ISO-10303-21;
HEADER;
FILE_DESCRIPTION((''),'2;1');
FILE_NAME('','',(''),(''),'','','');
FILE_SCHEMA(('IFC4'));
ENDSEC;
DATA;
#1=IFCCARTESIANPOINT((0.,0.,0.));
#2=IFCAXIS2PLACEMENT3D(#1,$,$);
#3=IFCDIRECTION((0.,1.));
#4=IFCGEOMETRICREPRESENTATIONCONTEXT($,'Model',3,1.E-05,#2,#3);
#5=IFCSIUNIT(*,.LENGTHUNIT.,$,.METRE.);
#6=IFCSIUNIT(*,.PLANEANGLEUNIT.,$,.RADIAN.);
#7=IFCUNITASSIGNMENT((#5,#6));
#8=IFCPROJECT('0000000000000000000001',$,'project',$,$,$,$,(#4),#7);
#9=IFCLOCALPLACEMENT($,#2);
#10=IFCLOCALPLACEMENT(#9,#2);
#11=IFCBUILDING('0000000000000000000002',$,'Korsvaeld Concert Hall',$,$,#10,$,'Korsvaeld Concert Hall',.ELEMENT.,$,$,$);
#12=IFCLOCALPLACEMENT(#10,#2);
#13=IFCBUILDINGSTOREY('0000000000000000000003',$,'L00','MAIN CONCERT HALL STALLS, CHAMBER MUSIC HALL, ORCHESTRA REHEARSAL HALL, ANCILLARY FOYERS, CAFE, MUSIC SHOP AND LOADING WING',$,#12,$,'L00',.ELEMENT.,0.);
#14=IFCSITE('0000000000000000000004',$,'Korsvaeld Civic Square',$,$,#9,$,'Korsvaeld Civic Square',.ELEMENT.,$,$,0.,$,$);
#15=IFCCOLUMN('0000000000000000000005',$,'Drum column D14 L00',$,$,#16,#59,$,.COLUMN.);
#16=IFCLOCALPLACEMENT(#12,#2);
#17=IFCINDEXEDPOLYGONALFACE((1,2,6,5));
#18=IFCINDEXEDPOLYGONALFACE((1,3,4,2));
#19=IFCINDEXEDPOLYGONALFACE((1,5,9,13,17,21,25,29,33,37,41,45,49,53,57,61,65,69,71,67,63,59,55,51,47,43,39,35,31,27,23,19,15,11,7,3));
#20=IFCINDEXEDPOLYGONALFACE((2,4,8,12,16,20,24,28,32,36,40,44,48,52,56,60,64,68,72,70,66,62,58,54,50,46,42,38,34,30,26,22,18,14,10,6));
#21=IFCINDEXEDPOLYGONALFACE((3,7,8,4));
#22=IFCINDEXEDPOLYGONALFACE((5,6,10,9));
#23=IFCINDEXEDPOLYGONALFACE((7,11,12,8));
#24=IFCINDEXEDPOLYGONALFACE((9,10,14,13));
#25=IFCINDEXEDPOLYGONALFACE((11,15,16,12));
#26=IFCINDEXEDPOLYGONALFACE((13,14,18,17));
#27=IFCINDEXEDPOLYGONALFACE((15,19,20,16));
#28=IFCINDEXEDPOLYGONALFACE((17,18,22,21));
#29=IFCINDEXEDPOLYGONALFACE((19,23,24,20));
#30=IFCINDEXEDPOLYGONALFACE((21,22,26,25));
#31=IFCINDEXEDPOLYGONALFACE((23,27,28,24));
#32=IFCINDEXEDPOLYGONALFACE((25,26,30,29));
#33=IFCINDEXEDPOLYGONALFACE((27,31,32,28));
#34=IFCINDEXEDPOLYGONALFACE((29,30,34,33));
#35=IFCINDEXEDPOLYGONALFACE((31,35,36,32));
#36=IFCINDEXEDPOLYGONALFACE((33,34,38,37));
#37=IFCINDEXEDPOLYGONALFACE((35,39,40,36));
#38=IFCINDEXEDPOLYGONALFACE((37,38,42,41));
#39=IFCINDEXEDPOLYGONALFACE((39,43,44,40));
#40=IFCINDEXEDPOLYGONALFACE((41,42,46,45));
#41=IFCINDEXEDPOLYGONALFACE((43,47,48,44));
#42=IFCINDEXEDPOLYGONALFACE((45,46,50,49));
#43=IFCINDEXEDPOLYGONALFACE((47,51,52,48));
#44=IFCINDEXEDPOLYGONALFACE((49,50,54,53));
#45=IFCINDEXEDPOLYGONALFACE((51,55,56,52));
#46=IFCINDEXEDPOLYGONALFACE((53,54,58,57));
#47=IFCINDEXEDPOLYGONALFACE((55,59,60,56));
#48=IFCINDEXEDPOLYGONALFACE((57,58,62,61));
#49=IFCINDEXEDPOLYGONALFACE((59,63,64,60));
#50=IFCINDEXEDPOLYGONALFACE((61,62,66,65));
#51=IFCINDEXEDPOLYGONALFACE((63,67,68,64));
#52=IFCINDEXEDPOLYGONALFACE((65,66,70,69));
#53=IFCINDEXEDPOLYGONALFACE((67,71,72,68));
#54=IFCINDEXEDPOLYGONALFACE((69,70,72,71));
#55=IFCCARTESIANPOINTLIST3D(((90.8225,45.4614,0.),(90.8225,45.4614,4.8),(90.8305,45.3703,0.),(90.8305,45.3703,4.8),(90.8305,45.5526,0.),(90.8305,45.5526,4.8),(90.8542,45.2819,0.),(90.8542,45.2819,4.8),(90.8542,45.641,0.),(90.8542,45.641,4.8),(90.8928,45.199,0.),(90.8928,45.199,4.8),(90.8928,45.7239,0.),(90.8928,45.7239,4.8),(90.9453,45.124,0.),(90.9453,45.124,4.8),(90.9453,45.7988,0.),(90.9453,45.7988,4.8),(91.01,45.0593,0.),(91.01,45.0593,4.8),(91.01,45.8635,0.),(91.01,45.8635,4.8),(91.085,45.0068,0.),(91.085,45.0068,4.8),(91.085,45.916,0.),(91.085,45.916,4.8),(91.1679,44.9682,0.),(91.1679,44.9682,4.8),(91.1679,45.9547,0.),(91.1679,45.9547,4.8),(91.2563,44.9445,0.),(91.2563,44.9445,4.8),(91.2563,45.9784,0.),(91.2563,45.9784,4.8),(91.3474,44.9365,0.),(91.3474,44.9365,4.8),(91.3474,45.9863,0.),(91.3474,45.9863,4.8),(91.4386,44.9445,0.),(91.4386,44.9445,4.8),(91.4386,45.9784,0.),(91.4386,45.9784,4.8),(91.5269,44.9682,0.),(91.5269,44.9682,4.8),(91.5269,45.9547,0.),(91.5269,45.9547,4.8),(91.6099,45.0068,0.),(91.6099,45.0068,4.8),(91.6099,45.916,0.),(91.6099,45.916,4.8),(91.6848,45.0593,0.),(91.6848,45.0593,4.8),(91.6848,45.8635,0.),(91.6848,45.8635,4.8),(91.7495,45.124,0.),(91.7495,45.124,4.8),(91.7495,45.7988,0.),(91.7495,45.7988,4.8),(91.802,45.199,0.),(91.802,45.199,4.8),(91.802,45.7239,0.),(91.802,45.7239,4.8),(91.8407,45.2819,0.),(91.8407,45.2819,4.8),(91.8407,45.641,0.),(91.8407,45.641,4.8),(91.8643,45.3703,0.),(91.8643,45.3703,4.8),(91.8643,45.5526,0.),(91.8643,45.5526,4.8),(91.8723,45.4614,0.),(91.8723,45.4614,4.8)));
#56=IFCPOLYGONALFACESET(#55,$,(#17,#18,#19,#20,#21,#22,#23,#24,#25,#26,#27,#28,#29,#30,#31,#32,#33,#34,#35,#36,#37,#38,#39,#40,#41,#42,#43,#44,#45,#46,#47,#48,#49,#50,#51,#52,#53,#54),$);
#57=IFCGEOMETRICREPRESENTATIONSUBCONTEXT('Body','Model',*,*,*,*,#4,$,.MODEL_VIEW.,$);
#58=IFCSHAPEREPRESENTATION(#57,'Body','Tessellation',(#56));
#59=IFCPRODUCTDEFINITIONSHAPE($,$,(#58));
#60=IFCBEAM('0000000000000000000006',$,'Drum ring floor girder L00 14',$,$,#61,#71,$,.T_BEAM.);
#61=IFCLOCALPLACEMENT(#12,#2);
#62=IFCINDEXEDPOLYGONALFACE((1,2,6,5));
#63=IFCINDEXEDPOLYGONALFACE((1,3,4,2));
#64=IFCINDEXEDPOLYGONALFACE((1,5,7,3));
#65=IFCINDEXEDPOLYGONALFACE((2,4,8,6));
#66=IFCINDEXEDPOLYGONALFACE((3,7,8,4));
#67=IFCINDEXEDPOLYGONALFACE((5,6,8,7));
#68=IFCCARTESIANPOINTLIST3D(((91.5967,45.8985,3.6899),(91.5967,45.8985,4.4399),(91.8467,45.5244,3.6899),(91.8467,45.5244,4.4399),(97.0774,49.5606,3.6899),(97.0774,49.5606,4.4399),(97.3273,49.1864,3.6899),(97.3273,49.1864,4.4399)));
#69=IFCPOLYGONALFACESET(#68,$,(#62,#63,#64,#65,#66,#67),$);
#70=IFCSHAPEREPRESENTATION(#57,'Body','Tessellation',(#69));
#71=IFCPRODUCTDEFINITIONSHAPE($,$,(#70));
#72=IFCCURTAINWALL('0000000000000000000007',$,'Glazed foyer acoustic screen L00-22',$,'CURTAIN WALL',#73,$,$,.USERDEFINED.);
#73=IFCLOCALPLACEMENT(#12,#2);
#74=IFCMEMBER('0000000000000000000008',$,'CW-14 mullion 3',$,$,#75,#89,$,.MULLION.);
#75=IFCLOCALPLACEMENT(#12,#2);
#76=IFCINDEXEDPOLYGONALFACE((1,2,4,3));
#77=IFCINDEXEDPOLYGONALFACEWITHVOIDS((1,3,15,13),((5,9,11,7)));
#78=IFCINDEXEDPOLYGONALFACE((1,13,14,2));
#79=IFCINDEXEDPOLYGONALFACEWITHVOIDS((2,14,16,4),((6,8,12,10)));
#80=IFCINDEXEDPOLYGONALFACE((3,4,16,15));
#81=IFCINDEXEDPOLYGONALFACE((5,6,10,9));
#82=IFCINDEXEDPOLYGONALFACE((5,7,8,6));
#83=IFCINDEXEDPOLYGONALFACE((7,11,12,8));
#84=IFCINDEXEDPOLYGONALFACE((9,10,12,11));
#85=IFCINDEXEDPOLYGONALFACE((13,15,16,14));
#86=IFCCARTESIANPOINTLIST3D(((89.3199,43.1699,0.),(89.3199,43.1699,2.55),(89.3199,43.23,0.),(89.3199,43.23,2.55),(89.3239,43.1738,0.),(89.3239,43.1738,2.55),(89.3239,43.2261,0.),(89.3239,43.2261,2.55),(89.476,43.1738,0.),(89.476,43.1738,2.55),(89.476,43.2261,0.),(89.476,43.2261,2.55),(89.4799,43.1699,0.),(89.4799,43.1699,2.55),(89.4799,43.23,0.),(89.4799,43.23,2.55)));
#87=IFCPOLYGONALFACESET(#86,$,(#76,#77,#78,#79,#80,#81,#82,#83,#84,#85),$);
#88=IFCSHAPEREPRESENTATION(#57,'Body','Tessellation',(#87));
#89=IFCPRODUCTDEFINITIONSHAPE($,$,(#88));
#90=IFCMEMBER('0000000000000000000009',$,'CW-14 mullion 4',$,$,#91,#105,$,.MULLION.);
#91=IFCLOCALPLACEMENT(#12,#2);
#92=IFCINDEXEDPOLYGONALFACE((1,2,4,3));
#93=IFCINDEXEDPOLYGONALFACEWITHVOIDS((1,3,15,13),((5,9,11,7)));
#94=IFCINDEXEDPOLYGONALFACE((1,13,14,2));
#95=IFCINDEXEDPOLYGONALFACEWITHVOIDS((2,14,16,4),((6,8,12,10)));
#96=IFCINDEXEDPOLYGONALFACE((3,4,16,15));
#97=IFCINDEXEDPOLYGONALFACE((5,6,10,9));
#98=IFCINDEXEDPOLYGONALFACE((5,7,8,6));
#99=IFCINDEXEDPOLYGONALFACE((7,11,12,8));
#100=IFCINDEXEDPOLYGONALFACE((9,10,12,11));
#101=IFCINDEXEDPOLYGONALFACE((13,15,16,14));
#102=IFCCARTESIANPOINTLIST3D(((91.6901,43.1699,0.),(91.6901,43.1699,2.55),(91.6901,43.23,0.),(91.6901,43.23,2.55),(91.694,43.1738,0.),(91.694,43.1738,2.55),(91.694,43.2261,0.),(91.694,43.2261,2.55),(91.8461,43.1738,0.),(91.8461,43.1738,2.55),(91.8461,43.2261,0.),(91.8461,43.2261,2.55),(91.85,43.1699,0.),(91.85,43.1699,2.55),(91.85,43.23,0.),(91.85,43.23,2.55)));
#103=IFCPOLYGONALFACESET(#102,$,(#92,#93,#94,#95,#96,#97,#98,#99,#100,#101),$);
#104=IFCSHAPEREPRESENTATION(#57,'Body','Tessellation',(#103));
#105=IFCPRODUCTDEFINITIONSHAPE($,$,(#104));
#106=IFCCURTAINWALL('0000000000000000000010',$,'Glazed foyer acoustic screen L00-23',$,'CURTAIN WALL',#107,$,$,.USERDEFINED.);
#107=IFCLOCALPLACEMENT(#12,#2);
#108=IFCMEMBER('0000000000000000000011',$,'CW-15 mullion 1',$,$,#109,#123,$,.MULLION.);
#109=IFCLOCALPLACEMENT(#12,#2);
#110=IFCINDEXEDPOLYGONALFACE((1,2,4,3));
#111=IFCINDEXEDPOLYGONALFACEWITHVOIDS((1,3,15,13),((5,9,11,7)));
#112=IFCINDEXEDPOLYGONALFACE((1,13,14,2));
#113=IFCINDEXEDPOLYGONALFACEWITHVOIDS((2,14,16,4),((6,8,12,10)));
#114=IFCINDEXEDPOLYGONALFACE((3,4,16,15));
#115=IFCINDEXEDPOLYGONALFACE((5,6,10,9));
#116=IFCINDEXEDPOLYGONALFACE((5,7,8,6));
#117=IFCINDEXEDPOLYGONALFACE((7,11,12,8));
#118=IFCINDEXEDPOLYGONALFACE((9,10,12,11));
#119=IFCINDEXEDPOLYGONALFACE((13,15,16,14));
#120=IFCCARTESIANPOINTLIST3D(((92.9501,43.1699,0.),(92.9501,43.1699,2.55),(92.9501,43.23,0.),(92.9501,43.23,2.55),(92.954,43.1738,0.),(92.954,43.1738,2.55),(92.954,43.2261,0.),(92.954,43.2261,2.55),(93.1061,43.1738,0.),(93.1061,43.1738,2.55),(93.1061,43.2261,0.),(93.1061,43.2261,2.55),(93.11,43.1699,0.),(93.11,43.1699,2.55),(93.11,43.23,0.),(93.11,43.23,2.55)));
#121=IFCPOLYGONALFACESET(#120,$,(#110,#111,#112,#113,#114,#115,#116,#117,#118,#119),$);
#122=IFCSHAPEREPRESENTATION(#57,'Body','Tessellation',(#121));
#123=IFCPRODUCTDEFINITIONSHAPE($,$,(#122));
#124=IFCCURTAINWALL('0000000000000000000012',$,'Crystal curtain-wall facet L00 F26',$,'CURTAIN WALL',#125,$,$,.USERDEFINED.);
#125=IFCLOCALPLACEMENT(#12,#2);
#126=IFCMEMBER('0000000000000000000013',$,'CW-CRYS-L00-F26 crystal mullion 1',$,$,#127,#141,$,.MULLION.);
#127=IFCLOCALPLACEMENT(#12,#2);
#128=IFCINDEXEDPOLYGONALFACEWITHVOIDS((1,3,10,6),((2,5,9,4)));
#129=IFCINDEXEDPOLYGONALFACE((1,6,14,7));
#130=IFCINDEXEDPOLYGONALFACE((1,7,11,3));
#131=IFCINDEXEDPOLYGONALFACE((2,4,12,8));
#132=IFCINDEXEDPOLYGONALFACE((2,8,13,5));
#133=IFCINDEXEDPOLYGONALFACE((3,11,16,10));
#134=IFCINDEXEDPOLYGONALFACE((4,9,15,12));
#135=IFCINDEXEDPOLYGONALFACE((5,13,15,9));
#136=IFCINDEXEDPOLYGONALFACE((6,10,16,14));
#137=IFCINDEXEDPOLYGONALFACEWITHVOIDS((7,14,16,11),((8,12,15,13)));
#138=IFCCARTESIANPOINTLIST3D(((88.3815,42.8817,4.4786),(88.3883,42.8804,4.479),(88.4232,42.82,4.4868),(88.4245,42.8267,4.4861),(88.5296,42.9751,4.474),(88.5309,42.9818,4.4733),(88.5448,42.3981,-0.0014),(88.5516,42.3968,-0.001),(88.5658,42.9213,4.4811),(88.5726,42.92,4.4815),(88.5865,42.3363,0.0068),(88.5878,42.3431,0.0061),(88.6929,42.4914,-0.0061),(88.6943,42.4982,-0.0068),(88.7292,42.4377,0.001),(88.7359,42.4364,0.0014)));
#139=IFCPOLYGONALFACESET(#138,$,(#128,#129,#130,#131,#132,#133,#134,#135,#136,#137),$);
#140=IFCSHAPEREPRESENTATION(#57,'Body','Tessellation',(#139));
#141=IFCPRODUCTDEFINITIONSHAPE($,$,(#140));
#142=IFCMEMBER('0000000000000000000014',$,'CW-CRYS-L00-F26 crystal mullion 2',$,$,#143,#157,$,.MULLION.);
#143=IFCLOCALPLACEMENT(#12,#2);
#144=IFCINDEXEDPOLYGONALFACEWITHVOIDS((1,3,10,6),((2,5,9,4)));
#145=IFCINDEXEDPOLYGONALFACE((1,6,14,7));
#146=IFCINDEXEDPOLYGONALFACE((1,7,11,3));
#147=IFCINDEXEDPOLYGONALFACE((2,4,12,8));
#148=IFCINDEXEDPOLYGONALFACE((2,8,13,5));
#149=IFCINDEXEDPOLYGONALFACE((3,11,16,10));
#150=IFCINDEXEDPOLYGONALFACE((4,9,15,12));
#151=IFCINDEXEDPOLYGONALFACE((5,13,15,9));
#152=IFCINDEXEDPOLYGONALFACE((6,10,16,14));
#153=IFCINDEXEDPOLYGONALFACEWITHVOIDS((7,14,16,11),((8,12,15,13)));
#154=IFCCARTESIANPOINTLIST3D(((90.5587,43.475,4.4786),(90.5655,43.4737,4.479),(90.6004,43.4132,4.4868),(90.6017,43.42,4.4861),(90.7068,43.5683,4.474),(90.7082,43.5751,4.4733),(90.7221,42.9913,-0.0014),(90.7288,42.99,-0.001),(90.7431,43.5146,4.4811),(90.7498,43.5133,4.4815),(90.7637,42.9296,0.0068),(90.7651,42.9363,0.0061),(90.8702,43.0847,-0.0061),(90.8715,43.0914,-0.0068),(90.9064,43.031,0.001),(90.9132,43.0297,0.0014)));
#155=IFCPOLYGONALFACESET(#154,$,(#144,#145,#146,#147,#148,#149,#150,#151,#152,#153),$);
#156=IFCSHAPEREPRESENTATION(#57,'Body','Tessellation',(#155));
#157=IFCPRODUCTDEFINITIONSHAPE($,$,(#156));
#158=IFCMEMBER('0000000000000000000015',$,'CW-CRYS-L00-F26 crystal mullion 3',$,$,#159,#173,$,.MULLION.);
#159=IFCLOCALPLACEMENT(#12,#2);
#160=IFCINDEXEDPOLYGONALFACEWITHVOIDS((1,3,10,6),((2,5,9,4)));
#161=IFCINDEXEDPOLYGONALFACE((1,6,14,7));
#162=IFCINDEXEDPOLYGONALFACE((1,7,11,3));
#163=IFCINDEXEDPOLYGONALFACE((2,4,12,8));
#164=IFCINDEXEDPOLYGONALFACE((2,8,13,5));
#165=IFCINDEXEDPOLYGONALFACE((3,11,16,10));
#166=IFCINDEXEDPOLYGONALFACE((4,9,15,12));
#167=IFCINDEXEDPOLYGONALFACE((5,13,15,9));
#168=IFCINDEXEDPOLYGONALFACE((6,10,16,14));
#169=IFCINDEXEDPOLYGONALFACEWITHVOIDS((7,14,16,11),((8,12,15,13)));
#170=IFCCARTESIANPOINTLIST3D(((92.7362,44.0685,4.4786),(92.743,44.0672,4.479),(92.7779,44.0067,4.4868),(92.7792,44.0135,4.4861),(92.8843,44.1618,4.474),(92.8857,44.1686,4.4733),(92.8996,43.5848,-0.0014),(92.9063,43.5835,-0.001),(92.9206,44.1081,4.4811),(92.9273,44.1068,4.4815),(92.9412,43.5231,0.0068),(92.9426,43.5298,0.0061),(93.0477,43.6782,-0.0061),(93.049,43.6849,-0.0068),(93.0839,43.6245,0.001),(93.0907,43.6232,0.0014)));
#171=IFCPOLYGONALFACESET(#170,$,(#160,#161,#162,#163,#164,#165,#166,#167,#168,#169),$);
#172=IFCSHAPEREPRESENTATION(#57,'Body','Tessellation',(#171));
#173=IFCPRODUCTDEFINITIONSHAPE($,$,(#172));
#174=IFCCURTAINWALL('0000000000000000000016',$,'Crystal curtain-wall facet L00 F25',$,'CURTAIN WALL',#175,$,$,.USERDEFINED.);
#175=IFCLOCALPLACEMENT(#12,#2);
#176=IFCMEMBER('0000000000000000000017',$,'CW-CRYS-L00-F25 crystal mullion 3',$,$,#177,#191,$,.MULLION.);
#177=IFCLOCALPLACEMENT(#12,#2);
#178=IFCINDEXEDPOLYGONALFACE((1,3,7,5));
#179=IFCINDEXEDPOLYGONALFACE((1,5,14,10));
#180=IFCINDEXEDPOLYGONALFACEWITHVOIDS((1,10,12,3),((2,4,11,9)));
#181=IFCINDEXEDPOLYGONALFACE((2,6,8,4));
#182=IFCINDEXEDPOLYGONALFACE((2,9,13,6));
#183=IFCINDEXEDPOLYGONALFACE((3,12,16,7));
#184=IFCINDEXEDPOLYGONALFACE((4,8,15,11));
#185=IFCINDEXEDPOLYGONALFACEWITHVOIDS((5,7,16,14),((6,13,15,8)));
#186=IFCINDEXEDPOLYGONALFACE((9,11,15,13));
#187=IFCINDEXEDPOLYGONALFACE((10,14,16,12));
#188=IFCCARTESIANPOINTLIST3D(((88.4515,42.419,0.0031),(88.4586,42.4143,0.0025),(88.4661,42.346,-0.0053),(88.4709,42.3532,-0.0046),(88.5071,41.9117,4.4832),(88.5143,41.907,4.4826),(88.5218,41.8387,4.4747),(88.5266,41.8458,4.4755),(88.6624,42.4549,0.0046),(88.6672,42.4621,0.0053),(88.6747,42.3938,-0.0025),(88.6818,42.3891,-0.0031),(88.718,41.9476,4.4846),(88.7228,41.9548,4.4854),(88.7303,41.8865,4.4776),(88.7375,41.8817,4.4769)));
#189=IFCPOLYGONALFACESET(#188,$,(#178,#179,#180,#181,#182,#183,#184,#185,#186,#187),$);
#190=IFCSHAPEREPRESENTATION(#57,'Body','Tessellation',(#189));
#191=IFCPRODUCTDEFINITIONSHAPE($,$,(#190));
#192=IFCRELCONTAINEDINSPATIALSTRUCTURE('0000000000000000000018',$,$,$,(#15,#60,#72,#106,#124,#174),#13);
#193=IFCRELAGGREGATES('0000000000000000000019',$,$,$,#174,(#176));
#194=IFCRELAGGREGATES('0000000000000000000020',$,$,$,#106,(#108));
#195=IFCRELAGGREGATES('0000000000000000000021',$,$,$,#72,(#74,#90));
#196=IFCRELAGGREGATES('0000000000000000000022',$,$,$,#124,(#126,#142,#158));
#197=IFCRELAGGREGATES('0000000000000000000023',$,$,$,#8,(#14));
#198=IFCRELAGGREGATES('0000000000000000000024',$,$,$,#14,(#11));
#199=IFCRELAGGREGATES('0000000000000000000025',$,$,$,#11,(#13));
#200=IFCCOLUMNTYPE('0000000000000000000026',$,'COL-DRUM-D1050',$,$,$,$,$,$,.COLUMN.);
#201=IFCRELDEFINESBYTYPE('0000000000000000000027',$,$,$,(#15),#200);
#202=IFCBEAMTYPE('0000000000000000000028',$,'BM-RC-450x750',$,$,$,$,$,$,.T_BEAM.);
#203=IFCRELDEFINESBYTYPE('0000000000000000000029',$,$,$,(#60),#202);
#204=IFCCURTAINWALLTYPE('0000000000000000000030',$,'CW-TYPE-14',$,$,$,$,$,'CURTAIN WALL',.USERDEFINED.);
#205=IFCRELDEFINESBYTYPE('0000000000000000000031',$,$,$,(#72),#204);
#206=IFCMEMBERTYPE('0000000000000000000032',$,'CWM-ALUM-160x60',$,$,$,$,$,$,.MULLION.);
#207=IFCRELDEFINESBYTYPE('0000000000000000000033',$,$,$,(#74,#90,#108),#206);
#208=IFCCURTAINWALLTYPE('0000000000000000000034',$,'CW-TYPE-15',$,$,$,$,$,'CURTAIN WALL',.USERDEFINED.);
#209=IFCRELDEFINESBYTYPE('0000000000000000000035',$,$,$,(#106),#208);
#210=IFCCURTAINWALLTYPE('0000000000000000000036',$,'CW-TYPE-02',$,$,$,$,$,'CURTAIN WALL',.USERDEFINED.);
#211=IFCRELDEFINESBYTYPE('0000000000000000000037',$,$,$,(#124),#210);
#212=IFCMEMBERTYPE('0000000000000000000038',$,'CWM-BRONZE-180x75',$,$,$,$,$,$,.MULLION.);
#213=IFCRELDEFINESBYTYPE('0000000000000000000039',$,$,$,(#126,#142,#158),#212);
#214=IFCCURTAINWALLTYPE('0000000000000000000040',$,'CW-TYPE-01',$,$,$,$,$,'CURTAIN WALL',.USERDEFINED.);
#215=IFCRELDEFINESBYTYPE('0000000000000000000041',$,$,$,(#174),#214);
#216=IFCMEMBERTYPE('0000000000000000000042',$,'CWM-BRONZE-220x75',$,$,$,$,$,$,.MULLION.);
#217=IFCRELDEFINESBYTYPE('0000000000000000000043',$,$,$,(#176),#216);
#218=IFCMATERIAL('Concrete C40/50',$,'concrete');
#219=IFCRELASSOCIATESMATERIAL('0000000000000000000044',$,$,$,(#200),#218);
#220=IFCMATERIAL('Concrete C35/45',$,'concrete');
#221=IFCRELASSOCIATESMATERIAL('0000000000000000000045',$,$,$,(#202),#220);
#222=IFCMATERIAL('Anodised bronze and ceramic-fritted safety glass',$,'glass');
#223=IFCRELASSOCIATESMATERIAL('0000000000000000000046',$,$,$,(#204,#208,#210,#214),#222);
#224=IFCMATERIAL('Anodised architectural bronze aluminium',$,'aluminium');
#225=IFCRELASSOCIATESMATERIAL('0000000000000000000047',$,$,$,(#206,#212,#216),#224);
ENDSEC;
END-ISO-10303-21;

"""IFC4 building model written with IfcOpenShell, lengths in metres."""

from ifc_helpers import new_model, si_unit, direction, frame, origin, origin_2d, place, context, subcontext, project, spatial, rectangle, hollow_rectangle, circle, extrude, material, material_profile, profile_set, type_object, element, aggregate, save


model = new_model("IFC4")

# Units and contexts
model_context = context("Model", 3, precision=1e-05, world=origin(), true_north=direction((0.0, 1.0)))
body_context = subcontext(model_context, "Body", "Model", "MODEL_VIEW")
ifc_project = project(units=[si_unit("LENGTHUNIT", "METRE"), si_unit("PLANEANGLEUNIT", "RADIAN")], contexts=[model_context])

# Site, building, storey
site_placement = place(None, origin())
site = spatial("IfcSite", under=ifc_project, at=site_placement, Name="Korsvaeld Civic Square", LongName="Korsvaeld Civic Square", CompositionType="ELEMENT", RefElevation=0.0)
building_placement = place(site_placement, origin())
building = spatial("IfcBuilding", under=site, at=building_placement, Name="Korsvaeld Concert Hall", LongName="Korsvaeld Concert Hall", CompositionType="ELEMENT")
storey_placement = place(building_placement, origin())
storey = spatial("IfcBuildingStorey", under=building, at=storey_placement, Name="L00", Description="MAIN CONCERT HALL STALLS, CHAMBER MUSIC HALL, ORCHESTRA REHEARSAL HALL, ANCILLARY FOYERS, CAFE, MUSIC SHOP AND LOADING WING", LongName="L00", CompositionType="ELEMENT", Elevation=0.0)

# Column
ifc_material_1 = material(Name="Concrete C40/50", Category="concrete")
ifc_material_profile_1 = material_profile(ifc_material_1, circle(Radius=0.5249, at=origin_2d()), Name="RC D1050")
ifc_profile_set_1 = profile_set([ifc_material_profile_1], Name="Concrete C40/50")
column_type = type_object("IfcColumnType", Name="COL-DRUM-D1050", PredefinedType="COLUMN", material=ifc_profile_set_1)
column_placement = place(storey_placement, frame((91.3474, 45.4614, 0.0), z_axis=(0.0, 0.0, 1.0), x_axis=(1.0, 0.0, 0.0)))
element("IfcColumn", 1, at=column_placement, inside=storey, type_object=column_type, Name="Drum column D14 L00", PredefinedType="COLUMN", context=body_context, shape_type="SweptSolid", body=[
    extrude(circle(Radius=0.5249, at=origin_2d()), origin(), (0.0, 0.0, 1.0), 4.8),
])

# Beam
ifc_material_2 = material(Name="Concrete C35/45", Category="concrete")
ifc_material_profile_2 = material_profile(ifc_material_2, rectangle(XDim=0.45, YDim=0.75, at=origin_2d()), Name="RC 450x750")
ifc_profile_set_2 = profile_set([ifc_material_profile_2], Name="Concrete C35/45")
beam_type = type_object("IfcBeamType", Name="BM-RC-450x750", PredefinedType="T_BEAM", material=ifc_profile_set_2)
beam_placement = place(storey_placement, frame((91.7217, 45.7114, 4.0649), z_axis=(0.831469, 0.555572, 0.0), x_axis=(-0.555572, 0.831469, 0.0)))
element("IfcBeam", 2, at=beam_placement, inside=storey, type_object=beam_type, Name="Drum ring floor girder L00 14", PredefinedType="T_BEAM", context=body_context, shape_type="SweptSolid", body=[
    extrude(rectangle(XDim=0.45, YDim=0.75, at=origin_2d()), origin(), (0.0, 0.0, 1.0), 6.5916),
])

# Curtain wall, members
ifc_material_3 = material(Name="Anodised bronze and ceramic-fritted safety glass", Category="glass")
curtain_wall_type_1 = type_object("IfcCurtainWallType", Name="CW-TYPE-14", ElementType="CURTAIN WALL", PredefinedType="USERDEFINED", material=ifc_material_3)
curtain_wall_1_placement = place(storey_placement, origin())
curtain_wall_1 = element("IfcCurtainWall", 3, at=curtain_wall_1_placement, inside=storey, type_object=curtain_wall_type_1, Name="Glazed foyer acoustic screen L00-22", ObjectType="CURTAIN WALL", PredefinedType="USERDEFINED")
ifc_material_4 = material(Name="Anodised architectural bronze aluminium", Category="aluminium")
ifc_material_profile_3 = material_profile(ifc_material_4, hollow_rectangle(XDim=0.0601, YDim=0.1599, WallThickness=0.0039, at=origin_2d()), Name="CWM 160x60x4")
ifc_profile_set_3 = profile_set([ifc_material_profile_3], Name="Anodised architectural bronze aluminium")
member_type_1 = type_object("IfcMemberType", Name="CWM-ALUM-160x60", PredefinedType="MULLION", material=ifc_profile_set_3)
member_1_placement = place(storey_placement, frame((89.3999, 43.2, 0.0), z_axis=(0.0, 0.0, 1.0), x_axis=(0.0, 1.0, 0.0)))
member_1 = element("IfcMember", 4, at=member_1_placement, type_object=member_type_1, Name="CW-14 mullion 3", PredefinedType="MULLION", context=body_context, shape_type="SweptSolid", body=[
    extrude(hollow_rectangle(XDim=0.0601, YDim=0.1599, WallThickness=0.0039, at=origin_2d()), origin(), (0.0, 0.0, 1.0), 2.55),
])
member_2_placement = place(storey_placement, frame((91.77, 43.2, 0.0), z_axis=(0.0, 0.0, 1.0), x_axis=(0.0, 1.0, 0.0)))
member_2 = element("IfcMember", 5, at=member_2_placement, type_object=member_type_1, Name="CW-14 mullion 4", PredefinedType="MULLION", context=body_context, shape_type="SweptSolid", body=[
    extrude(hollow_rectangle(XDim=0.0601, YDim=0.1599, WallThickness=0.0039, at=origin_2d()), origin(), (0.0, 0.0, 1.0), 2.55),
])

# Curtain wall, member
curtain_wall_type_2 = type_object("IfcCurtainWallType", Name="CW-TYPE-15", ElementType="CURTAIN WALL", PredefinedType="USERDEFINED", material=ifc_material_3)
curtain_wall_2_placement = place(storey_placement, origin())
curtain_wall_2 = element("IfcCurtainWall", 6, at=curtain_wall_2_placement, inside=storey, type_object=curtain_wall_type_2, Name="Glazed foyer acoustic screen L00-23", ObjectType="CURTAIN WALL", PredefinedType="USERDEFINED")
member_3_placement = place(storey_placement, frame((93.03, 43.2, 0.0), z_axis=(0.0, 0.0, 1.0), x_axis=(0.0, 1.0, 0.0)))
member_3 = element("IfcMember", 7, at=member_3_placement, type_object=member_type_1, Name="CW-15 mullion 1", PredefinedType="MULLION", context=body_context, shape_type="SweptSolid", body=[
    extrude(hollow_rectangle(XDim=0.0601, YDim=0.1599, WallThickness=0.0039, at=origin_2d()), origin(), (0.0, 0.0, 1.0), 2.55),
])

# Curtain wall, members
curtain_wall_type_3 = type_object("IfcCurtainWallType", Name="CW-TYPE-02", ElementType="CURTAIN WALL", PredefinedType="USERDEFINED", material=ifc_material_3)
curtain_wall_3_placement = place(storey_placement, origin())
curtain_wall_3 = element("IfcCurtainWall", 8, at=curtain_wall_3_placement, inside=storey, type_object=curtain_wall_type_3, Name="Crystal curtain-wall facet L00 F26", ObjectType="CURTAIN WALL", PredefinedType="USERDEFINED")
ifc_material_profile_4 = material_profile(ifc_material_4, hollow_rectangle(XDim=0.075, YDim=0.1799, WallThickness=0.0049, at=origin_2d()), Name="CWM 180x75x5")
ifc_profile_set_4 = profile_set([ifc_material_profile_4], Name="Anodised architectural bronze aluminium")
member_type_2 = type_object("IfcMemberType", Name="CWM-BRONZE-180x75", PredefinedType="MULLION", material=ifc_profile_set_4)
member_4_placement = place(storey_placement, frame((88.6404, 42.4172, 0.0), z_axis=(-0.036223, 0.107262, 0.993571), x_axis=(0.555805, -0.824105, 0.109231)))
member_4 = element("IfcMember", 9, at=member_4_placement, type_object=member_type_2, Name="CW-CRYS-L00-F26 crystal mullion 1", PredefinedType="MULLION", context=body_context, shape_type="SweptSolid", body=[
    extrude(hollow_rectangle(XDim=0.075, YDim=0.1799, WallThickness=0.0049, at=origin_2d()), origin(), (0.0, 0.0, 1.0), 4.509),
])
member_5_placement = place(storey_placement, frame((90.8176, 43.0105, 0.0), z_axis=(-0.036223, 0.107262, 0.993571), x_axis=(0.555805, -0.824105, 0.109231)))
member_5 = element("IfcMember", 10, at=member_5_placement, type_object=member_type_2, Name="CW-CRYS-L00-F26 crystal mullion 2", PredefinedType="MULLION", context=body_context, shape_type="SweptSolid", body=[
    extrude(hollow_rectangle(XDim=0.075, YDim=0.1799, WallThickness=0.0049, at=origin_2d()), origin(), (0.0, 0.0, 1.0), 4.509),
])
member_6_placement = place(storey_placement, frame((92.9951, 43.604, 0.0), z_axis=(-0.036223, 0.107262, 0.993571), x_axis=(0.555805, -0.824105, 0.109231)))
member_6 = element("IfcMember", 11, at=member_6_placement, type_object=member_type_2, Name="CW-CRYS-L00-F26 crystal mullion 3", PredefinedType="MULLION", context=body_context, shape_type="SweptSolid", body=[
    extrude(hollow_rectangle(XDim=0.075, YDim=0.1799, WallThickness=0.0049, at=origin_2d()), origin(), (0.0, 0.0, 1.0), 4.509),
])

# Curtain wall, member
curtain_wall_type_4 = type_object("IfcCurtainWallType", Name="CW-TYPE-01", ElementType="CURTAIN WALL", PredefinedType="USERDEFINED", material=ifc_material_3)
curtain_wall_4_placement = place(storey_placement, origin())
curtain_wall_4 = element("IfcCurtainWall", 12, at=curtain_wall_4_placement, inside=storey, type_object=curtain_wall_type_4, Name="Crystal curtain-wall facet L00 F25", ObjectType="CURTAIN WALL", PredefinedType="USERDEFINED")
ifc_material_profile_5 = material_profile(ifc_material_4, hollow_rectangle(XDim=0.075, YDim=0.22, WallThickness=0.0061, at=origin_2d()), Name="CWM 220x75x6")
ifc_profile_set_5 = profile_set([ifc_material_profile_5], Name="Anodised architectural bronze aluminium")
member_type_3 = type_object("IfcMemberType", Name="CWM-BRONZE-220x75", PredefinedType="MULLION", material=ifc_profile_set_5)
member_7_placement = place(storey_placement, frame((88.5667, 42.4041, 0.0), z_axis=(0.012345, -0.112515, 0.993573), x_axis=(-0.19556, 0.974189, 0.112749)))
member_7 = element("IfcMember", 13, at=member_7_placement, type_object=member_type_3, Name="CW-CRYS-L00-F25 crystal mullion 3", PredefinedType="MULLION", context=body_context, shape_type="SweptSolid", body=[
    extrude(hollow_rectangle(XDim=0.075, YDim=0.22, WallThickness=0.0061, at=origin_2d()), origin(), (0.0, 0.0, 1.0), 4.509),
])
aggregate(curtain_wall_4, [member_7])

aggregate(curtain_wall_2, [member_3])

aggregate(curtain_wall_1, [member_1, member_2])
aggregate(curtain_wall_3, [member_4, member_5, member_6])

save(model, "model.ifc")
